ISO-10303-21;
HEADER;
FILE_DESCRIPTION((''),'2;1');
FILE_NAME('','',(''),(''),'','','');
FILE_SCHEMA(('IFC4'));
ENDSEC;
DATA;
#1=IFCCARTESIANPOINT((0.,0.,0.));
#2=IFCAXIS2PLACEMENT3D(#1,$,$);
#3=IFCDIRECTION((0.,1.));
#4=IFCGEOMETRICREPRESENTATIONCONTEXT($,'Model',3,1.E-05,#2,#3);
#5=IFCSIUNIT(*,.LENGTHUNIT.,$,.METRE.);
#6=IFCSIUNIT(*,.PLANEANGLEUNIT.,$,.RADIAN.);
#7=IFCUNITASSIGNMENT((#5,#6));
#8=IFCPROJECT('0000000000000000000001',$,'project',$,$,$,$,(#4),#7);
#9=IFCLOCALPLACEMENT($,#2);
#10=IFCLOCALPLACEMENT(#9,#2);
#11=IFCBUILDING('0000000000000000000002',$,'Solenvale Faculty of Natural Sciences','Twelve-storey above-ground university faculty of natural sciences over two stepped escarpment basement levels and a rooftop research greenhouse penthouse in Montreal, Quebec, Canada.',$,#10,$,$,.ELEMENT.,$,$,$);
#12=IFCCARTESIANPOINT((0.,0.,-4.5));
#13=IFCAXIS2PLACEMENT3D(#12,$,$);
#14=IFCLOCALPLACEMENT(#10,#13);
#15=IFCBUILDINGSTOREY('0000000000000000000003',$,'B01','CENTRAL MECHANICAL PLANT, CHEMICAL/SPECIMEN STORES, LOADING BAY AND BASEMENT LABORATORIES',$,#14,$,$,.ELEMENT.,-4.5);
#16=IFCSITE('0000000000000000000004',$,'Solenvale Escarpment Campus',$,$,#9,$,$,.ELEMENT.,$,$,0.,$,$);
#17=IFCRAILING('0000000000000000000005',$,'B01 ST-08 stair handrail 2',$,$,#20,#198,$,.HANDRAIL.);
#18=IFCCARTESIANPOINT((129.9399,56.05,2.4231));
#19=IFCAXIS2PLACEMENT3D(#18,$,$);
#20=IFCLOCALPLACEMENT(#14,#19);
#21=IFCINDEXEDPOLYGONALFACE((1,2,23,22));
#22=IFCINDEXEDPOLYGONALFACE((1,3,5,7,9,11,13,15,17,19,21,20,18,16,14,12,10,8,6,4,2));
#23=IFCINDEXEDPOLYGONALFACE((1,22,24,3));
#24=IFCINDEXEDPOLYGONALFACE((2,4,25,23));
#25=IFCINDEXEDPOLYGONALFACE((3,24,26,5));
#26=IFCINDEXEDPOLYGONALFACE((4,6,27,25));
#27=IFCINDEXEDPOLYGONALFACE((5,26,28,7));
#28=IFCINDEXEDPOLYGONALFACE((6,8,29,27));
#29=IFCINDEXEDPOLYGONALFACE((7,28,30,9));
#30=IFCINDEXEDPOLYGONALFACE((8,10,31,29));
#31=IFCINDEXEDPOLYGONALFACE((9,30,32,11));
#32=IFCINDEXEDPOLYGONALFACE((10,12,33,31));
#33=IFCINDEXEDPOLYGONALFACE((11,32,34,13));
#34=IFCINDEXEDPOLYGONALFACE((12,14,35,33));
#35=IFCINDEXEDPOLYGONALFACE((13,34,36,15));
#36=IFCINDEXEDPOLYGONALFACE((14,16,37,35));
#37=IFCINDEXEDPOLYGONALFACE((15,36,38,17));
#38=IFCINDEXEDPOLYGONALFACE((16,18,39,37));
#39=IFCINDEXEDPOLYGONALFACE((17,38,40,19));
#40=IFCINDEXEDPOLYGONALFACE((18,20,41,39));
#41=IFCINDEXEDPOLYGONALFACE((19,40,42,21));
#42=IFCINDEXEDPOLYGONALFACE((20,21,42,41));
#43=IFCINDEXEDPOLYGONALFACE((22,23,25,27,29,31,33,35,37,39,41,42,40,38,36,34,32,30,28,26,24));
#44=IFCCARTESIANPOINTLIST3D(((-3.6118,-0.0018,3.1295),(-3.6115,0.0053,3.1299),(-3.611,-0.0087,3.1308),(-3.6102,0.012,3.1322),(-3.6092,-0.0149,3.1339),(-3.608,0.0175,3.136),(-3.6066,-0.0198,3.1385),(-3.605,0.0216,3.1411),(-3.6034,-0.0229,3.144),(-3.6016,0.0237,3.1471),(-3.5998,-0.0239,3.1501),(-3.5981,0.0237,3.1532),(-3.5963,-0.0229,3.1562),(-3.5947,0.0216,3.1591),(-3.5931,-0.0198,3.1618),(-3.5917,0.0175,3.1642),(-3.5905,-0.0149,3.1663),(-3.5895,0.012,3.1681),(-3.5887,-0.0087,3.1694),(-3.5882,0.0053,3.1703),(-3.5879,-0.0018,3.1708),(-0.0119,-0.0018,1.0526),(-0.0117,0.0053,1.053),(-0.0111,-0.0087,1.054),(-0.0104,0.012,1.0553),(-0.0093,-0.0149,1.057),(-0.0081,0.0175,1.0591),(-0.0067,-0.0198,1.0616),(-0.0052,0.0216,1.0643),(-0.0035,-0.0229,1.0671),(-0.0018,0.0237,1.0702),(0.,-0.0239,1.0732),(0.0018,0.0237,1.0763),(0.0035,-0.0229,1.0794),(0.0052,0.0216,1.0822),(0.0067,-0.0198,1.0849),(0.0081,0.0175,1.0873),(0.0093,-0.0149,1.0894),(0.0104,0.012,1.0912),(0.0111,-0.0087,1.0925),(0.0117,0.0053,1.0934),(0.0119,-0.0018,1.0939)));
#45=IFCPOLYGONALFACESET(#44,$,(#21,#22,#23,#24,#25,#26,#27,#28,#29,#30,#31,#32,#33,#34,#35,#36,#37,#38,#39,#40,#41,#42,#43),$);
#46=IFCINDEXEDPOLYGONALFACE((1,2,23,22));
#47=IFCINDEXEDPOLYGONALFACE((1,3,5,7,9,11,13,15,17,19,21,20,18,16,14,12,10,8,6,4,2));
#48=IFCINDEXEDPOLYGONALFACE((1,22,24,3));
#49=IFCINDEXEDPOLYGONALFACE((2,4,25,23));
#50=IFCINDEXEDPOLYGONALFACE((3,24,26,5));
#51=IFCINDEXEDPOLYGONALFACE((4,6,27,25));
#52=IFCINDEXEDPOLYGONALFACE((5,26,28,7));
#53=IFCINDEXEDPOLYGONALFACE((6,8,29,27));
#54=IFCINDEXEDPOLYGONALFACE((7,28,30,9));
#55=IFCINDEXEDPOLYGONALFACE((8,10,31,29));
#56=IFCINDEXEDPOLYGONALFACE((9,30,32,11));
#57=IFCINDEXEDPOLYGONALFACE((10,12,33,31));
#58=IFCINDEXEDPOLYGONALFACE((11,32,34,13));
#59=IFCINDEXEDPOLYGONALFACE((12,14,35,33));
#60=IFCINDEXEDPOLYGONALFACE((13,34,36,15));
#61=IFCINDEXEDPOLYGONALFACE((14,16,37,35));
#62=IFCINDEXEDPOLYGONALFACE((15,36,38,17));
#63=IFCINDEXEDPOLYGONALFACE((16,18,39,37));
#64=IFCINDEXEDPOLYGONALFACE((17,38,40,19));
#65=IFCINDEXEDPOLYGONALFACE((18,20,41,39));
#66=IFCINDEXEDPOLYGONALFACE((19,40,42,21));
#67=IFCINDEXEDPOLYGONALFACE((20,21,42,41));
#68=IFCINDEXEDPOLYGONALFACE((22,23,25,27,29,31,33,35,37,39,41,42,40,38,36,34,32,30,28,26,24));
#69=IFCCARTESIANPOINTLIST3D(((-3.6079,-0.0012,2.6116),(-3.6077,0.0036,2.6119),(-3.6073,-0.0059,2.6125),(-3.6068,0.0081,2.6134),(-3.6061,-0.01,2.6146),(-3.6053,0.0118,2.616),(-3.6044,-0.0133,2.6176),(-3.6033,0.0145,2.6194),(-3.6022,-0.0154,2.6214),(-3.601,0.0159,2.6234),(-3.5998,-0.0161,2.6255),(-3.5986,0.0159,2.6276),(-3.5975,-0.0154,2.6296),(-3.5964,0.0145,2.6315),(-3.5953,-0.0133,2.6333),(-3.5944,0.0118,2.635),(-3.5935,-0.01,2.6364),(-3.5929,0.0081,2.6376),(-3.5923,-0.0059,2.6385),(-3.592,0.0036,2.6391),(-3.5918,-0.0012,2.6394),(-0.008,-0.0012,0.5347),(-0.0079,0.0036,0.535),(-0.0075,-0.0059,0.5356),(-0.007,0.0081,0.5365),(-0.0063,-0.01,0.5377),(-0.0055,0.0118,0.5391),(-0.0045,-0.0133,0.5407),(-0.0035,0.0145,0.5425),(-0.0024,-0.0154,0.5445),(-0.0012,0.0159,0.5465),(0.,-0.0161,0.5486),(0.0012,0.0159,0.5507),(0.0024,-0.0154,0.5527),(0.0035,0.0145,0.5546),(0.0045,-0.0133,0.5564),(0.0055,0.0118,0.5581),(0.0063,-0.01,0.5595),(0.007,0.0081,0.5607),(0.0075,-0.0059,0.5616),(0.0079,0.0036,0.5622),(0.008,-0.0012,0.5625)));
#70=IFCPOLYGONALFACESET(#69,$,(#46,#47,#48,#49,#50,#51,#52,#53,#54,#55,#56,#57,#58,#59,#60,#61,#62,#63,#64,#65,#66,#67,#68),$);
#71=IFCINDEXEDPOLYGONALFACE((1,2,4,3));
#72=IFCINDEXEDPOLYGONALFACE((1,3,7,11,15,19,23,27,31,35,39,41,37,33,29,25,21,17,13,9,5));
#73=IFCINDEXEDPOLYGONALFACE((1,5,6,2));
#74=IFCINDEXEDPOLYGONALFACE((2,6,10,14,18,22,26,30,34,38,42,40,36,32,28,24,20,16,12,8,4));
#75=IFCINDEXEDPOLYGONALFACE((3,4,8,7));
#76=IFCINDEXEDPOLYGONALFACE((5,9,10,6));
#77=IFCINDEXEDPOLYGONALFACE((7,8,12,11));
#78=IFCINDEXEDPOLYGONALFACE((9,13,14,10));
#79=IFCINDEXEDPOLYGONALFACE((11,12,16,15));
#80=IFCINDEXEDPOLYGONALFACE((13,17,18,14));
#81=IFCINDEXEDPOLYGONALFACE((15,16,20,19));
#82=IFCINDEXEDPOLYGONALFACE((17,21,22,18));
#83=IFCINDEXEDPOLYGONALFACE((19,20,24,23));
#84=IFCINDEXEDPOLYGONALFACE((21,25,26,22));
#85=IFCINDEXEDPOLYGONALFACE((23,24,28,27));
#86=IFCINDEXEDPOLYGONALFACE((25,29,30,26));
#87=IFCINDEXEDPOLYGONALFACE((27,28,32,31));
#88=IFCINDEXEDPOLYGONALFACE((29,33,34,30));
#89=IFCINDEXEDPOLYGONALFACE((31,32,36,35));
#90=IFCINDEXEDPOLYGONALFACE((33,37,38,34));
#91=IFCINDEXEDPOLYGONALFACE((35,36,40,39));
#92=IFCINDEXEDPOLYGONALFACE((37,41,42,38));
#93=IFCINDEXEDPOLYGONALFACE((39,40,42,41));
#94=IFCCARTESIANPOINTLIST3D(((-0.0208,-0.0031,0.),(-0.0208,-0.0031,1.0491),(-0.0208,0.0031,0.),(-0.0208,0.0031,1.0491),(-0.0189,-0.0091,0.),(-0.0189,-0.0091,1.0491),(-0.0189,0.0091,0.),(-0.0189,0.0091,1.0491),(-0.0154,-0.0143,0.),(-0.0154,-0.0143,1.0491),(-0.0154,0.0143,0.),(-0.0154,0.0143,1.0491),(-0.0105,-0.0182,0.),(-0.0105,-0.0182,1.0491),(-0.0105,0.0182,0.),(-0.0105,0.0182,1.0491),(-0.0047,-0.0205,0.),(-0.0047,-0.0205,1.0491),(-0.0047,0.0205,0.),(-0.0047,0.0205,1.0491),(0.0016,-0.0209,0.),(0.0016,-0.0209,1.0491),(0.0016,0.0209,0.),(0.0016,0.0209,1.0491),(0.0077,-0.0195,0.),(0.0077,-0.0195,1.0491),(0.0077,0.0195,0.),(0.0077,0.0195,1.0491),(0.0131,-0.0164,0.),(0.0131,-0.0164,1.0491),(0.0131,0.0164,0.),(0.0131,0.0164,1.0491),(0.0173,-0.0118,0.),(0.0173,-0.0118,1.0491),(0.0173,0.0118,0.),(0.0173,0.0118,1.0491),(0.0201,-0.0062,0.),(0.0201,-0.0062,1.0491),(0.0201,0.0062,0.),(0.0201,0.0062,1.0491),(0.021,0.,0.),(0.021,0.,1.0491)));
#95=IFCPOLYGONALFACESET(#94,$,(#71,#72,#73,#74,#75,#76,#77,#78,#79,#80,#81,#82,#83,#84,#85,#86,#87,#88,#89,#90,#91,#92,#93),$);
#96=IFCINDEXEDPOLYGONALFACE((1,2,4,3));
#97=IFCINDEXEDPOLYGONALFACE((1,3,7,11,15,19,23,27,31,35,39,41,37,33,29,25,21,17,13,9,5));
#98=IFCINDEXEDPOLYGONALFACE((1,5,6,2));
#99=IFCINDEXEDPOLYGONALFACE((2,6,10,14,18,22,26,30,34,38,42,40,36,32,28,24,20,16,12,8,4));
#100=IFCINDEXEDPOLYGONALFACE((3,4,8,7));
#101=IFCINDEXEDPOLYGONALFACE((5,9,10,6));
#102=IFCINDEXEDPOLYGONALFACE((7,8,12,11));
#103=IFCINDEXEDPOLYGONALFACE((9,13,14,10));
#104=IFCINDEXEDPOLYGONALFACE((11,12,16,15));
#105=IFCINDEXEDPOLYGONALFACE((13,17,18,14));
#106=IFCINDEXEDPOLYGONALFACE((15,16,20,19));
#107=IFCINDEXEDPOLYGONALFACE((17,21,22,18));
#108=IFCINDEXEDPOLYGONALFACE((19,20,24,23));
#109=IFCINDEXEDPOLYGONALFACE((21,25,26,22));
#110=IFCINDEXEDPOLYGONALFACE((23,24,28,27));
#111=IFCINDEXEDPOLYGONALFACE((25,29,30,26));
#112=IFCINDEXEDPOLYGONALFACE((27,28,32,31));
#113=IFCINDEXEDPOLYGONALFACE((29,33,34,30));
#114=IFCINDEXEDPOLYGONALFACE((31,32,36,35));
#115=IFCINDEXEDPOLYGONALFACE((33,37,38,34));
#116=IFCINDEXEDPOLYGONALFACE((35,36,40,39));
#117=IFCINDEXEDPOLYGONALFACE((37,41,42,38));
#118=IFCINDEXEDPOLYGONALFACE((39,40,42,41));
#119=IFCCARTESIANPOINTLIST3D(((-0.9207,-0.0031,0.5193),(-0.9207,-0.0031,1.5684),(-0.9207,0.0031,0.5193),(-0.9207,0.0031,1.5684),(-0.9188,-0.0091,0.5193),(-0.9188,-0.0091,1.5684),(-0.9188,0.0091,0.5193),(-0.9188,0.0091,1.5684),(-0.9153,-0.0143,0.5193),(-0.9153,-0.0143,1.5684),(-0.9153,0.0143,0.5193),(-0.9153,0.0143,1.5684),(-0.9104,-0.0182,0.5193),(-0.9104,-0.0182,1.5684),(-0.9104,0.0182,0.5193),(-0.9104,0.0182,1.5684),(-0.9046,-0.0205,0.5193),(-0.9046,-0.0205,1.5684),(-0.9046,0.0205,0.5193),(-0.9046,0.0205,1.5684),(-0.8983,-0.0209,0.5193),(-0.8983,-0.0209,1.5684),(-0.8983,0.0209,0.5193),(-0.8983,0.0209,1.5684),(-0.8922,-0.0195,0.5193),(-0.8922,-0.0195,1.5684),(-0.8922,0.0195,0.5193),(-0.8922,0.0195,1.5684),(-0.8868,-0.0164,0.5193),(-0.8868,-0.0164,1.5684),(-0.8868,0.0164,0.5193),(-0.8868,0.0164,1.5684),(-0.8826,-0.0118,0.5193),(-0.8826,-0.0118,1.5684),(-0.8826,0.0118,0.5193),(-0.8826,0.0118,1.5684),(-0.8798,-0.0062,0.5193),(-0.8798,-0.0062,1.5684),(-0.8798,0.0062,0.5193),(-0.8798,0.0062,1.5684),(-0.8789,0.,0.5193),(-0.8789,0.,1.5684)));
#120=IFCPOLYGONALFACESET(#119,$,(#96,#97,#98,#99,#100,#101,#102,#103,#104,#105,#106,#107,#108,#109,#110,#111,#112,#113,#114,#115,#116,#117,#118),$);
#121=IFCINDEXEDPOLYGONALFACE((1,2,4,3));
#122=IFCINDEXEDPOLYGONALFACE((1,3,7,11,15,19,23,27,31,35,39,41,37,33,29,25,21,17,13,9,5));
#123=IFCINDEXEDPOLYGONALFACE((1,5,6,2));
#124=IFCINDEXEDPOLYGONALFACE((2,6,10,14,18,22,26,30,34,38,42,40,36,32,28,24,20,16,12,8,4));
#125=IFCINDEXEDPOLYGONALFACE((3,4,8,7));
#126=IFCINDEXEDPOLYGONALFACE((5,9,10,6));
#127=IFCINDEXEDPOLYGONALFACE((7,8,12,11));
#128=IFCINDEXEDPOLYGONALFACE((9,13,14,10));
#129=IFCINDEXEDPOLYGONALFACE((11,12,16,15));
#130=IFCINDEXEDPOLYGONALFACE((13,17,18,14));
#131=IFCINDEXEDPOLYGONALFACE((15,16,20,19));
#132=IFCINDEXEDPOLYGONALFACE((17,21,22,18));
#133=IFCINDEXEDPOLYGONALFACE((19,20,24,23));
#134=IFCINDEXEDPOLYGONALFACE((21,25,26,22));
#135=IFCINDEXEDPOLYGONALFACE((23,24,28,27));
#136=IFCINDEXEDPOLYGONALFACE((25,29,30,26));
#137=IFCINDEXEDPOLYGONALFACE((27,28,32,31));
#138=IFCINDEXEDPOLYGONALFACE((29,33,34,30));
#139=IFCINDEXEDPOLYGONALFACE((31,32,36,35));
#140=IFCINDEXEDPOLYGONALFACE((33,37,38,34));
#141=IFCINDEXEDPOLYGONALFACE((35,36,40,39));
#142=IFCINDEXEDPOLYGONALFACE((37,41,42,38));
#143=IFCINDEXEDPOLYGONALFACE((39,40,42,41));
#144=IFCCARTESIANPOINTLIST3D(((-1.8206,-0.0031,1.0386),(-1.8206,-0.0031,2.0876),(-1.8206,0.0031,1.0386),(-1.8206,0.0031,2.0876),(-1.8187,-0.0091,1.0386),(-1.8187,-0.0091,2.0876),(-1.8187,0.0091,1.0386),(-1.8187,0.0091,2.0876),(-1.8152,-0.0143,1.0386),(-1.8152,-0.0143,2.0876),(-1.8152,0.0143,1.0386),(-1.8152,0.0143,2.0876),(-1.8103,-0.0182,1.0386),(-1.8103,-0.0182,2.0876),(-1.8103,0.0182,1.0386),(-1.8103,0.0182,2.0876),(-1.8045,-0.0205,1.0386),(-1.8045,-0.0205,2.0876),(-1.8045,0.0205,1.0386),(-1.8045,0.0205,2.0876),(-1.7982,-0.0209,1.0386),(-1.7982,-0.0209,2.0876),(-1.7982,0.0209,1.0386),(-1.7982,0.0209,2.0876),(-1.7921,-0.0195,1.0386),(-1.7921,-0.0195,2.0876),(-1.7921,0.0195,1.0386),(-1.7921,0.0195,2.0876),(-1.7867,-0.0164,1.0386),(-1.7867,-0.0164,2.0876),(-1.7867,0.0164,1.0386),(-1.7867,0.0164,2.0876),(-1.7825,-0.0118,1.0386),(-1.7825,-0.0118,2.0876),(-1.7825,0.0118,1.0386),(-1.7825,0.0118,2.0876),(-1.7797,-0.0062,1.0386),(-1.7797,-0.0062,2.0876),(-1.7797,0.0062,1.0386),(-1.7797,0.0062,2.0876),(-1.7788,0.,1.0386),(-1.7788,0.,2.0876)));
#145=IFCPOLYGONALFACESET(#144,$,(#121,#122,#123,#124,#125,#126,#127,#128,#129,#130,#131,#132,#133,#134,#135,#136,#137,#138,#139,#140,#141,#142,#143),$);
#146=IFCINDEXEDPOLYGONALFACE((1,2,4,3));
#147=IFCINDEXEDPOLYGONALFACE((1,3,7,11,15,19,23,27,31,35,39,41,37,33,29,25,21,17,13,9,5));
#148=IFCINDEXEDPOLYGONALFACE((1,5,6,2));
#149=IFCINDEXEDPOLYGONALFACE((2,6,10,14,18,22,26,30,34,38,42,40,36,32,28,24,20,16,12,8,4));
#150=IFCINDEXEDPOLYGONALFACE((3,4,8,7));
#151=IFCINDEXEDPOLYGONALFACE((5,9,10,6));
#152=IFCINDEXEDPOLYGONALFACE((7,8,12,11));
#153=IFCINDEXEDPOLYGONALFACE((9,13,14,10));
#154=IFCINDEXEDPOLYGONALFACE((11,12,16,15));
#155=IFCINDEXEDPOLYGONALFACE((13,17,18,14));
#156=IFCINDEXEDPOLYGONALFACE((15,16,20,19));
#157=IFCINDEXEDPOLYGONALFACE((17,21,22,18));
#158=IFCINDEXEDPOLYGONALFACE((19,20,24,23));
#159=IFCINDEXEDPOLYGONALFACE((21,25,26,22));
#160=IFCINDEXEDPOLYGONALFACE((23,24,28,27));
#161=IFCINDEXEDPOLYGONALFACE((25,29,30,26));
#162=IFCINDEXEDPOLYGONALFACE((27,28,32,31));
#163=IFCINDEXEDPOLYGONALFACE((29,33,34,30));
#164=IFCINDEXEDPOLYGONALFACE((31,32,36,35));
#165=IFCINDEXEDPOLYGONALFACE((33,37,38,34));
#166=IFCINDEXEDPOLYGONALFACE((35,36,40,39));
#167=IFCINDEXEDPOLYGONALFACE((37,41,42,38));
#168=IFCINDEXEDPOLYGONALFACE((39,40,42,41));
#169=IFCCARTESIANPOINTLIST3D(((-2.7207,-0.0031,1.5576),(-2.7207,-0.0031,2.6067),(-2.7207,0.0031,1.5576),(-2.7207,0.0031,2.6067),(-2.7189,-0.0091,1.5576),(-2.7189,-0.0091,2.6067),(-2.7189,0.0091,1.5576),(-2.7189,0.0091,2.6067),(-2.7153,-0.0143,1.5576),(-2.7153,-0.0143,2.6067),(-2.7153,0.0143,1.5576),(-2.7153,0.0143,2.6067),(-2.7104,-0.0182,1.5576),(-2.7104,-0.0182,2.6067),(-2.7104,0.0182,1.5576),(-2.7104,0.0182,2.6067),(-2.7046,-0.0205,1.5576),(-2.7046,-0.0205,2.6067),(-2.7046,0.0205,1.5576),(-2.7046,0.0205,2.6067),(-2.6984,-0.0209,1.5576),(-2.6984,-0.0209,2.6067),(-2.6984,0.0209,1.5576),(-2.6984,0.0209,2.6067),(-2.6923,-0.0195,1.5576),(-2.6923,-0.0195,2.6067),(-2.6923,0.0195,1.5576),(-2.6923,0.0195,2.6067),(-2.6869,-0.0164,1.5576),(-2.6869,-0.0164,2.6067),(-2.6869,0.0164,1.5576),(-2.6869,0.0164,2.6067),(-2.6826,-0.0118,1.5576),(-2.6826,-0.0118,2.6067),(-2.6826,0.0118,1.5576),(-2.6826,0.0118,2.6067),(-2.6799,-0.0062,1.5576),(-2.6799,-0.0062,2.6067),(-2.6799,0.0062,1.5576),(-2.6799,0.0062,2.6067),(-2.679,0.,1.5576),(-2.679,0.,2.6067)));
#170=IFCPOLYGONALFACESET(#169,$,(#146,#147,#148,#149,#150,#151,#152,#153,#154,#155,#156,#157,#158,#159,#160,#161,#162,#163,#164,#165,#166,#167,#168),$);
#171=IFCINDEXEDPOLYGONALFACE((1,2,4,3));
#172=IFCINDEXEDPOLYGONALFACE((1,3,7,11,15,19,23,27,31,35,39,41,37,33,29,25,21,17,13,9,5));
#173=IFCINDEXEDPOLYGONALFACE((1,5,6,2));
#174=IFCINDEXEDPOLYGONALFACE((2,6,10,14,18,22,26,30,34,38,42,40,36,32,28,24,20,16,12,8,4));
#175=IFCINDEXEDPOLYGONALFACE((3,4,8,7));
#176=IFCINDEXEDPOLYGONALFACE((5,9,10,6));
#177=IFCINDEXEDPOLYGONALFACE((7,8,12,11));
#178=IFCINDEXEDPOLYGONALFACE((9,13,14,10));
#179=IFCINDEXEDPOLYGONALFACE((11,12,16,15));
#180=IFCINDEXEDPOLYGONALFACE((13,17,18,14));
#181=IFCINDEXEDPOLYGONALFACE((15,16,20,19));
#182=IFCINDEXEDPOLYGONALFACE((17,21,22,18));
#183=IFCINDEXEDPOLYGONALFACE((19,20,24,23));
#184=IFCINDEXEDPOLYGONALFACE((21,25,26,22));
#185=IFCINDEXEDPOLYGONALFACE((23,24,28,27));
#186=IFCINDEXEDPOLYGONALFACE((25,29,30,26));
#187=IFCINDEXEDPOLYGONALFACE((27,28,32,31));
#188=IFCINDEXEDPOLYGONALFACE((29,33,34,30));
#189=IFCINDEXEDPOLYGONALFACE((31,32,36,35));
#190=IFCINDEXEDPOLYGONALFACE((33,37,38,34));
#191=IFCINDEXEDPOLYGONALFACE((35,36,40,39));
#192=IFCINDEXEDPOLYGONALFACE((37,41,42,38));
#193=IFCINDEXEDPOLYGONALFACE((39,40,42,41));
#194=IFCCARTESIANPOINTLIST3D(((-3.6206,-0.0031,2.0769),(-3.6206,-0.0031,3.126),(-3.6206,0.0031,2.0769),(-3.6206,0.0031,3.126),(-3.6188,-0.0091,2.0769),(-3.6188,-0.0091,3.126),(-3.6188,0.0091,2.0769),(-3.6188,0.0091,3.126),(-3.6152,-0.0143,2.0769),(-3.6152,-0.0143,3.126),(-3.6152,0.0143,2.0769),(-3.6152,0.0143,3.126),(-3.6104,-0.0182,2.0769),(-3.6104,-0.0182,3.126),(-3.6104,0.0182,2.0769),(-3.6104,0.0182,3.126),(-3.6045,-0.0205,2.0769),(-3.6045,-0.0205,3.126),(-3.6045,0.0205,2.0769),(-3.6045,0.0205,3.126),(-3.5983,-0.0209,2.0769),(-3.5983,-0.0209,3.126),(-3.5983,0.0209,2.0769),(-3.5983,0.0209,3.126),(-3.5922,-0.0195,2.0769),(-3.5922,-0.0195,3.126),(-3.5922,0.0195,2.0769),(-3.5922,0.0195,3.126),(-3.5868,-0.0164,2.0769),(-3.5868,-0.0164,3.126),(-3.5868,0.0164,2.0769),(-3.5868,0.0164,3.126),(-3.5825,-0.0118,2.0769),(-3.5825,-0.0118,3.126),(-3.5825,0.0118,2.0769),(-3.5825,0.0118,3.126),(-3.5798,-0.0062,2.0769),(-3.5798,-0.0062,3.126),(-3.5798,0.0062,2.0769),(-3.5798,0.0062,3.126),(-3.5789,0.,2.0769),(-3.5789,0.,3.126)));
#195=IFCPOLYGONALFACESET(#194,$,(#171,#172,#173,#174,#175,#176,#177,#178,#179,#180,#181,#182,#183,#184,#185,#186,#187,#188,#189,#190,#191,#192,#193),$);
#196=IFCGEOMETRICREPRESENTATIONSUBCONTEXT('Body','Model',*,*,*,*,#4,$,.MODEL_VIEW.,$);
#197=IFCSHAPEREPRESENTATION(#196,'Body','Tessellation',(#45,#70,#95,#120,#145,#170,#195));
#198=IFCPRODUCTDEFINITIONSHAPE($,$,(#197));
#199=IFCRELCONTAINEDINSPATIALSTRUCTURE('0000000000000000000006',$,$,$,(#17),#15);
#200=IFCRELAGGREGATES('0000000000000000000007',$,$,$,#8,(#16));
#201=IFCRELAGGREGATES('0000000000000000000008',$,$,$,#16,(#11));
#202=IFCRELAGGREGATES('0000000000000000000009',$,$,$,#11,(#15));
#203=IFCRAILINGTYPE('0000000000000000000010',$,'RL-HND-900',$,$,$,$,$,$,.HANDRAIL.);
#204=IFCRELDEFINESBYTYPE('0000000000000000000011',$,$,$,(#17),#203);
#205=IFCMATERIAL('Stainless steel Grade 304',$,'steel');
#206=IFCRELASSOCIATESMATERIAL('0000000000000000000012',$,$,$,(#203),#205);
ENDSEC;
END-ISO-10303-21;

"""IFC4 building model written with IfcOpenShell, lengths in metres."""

from ifc_helpers import new_model, si_unit, direction, frame, origin, origin_2d, place, context, subcontext, project, spatial, circle, extrude, material, type_object, element, save


model = new_model("IFC4")

# Units and contexts
model_context = context("Model", 3, precision=1e-05, world=origin(), true_north=direction((0.0, 1.0)))
body_context = subcontext(model_context, "Body", "Model", "MODEL_VIEW")
ifc_project = project(units=[si_unit("LENGTHUNIT", "METRE"), si_unit("PLANEANGLEUNIT", "RADIAN")], contexts=[model_context])

# Site, building, storey
site_placement = place(None, origin())
site = spatial("IfcSite", under=ifc_project, at=site_placement, Name="Solenvale Escarpment Campus", CompositionType="ELEMENT", RefElevation=0.0)
building_placement = place(site_placement, origin())
building = spatial("IfcBuilding", under=site, at=building_placement, Name="Solenvale Faculty of Natural Sciences", Description="Twelve-storey above-ground university faculty of natural sciences over two stepped escarpment basement levels and a rooftop research greenhouse penthouse in Montreal, Quebec, Canada.", CompositionType="ELEMENT")
storey_placement = place(building_placement, frame((0.0, 0.0, -4.5)))
storey = spatial("IfcBuildingStorey", under=building, at=storey_placement, Name="B01", Description="CENTRAL MECHANICAL PLANT, CHEMICAL/SPECIMEN STORES, LOADING BAY AND BASEMENT LABORATORIES", CompositionType="ELEMENT", Elevation=-4.5)

# Railing
ifc_material_1 = material(Name="Stainless steel Grade 304", Category="steel")
railing_type_1 = type_object("IfcRailingType", Name="RL-HND-900", PredefinedType="HANDRAIL", material=ifc_material_1)
railing_1_placement = place(storey_placement, frame((129.9399, 56.05, 2.4231)))
element("IfcRailing", 1, at=railing_1_placement, inside=storey, type_object=railing_type_1, Name="B01 ST-08 stair handrail 2", PredefinedType="HANDRAIL", context=body_context, shape_type="SweptSolid", body=[
    extrude(circle(Radius=0.0239, at=origin_2d()), frame((0.0, 0.0, 1.0732), z_axis=(-0.866179, 0.0, 0.499734), x_axis=(0.0, -1.0, 0.0)), (0.0, 0.0, 1.0), 4.156),
    extrude(circle(Radius=0.0161, at=origin_2d()), frame((0.0, 0.0, 0.5486), z_axis=(-0.866179, 0.0, 0.499734), x_axis=(0.0, -1.0, 0.0)), (0.0, 0.0, 1.0), 4.156),
    extrude(circle(Radius=0.021, at=origin_2d()), origin(), (0.0, 0.0, 1.0), 1.0491),
    extrude(circle(Radius=0.021, at=origin_2d()), frame((-0.8999, 0.0, 0.5193)), (0.0, 0.0, 1.0), 1.0491),
    extrude(circle(Radius=0.021, at=origin_2d()), frame((-1.7998, 0.0, 1.0386)), (0.0, 0.0, 1.0), 1.0491),
    extrude(circle(Radius=0.021, at=origin_2d()), frame((-2.7, 0.0, 1.5576)), (0.0, 0.0, 1.0), 1.0491),
    extrude(circle(Radius=0.021, at=origin_2d()), frame((-3.5999, 0.0, 2.0769)), (0.0, 0.0, 1.0), 1.0491),
])

save(model, "model.ifc")
